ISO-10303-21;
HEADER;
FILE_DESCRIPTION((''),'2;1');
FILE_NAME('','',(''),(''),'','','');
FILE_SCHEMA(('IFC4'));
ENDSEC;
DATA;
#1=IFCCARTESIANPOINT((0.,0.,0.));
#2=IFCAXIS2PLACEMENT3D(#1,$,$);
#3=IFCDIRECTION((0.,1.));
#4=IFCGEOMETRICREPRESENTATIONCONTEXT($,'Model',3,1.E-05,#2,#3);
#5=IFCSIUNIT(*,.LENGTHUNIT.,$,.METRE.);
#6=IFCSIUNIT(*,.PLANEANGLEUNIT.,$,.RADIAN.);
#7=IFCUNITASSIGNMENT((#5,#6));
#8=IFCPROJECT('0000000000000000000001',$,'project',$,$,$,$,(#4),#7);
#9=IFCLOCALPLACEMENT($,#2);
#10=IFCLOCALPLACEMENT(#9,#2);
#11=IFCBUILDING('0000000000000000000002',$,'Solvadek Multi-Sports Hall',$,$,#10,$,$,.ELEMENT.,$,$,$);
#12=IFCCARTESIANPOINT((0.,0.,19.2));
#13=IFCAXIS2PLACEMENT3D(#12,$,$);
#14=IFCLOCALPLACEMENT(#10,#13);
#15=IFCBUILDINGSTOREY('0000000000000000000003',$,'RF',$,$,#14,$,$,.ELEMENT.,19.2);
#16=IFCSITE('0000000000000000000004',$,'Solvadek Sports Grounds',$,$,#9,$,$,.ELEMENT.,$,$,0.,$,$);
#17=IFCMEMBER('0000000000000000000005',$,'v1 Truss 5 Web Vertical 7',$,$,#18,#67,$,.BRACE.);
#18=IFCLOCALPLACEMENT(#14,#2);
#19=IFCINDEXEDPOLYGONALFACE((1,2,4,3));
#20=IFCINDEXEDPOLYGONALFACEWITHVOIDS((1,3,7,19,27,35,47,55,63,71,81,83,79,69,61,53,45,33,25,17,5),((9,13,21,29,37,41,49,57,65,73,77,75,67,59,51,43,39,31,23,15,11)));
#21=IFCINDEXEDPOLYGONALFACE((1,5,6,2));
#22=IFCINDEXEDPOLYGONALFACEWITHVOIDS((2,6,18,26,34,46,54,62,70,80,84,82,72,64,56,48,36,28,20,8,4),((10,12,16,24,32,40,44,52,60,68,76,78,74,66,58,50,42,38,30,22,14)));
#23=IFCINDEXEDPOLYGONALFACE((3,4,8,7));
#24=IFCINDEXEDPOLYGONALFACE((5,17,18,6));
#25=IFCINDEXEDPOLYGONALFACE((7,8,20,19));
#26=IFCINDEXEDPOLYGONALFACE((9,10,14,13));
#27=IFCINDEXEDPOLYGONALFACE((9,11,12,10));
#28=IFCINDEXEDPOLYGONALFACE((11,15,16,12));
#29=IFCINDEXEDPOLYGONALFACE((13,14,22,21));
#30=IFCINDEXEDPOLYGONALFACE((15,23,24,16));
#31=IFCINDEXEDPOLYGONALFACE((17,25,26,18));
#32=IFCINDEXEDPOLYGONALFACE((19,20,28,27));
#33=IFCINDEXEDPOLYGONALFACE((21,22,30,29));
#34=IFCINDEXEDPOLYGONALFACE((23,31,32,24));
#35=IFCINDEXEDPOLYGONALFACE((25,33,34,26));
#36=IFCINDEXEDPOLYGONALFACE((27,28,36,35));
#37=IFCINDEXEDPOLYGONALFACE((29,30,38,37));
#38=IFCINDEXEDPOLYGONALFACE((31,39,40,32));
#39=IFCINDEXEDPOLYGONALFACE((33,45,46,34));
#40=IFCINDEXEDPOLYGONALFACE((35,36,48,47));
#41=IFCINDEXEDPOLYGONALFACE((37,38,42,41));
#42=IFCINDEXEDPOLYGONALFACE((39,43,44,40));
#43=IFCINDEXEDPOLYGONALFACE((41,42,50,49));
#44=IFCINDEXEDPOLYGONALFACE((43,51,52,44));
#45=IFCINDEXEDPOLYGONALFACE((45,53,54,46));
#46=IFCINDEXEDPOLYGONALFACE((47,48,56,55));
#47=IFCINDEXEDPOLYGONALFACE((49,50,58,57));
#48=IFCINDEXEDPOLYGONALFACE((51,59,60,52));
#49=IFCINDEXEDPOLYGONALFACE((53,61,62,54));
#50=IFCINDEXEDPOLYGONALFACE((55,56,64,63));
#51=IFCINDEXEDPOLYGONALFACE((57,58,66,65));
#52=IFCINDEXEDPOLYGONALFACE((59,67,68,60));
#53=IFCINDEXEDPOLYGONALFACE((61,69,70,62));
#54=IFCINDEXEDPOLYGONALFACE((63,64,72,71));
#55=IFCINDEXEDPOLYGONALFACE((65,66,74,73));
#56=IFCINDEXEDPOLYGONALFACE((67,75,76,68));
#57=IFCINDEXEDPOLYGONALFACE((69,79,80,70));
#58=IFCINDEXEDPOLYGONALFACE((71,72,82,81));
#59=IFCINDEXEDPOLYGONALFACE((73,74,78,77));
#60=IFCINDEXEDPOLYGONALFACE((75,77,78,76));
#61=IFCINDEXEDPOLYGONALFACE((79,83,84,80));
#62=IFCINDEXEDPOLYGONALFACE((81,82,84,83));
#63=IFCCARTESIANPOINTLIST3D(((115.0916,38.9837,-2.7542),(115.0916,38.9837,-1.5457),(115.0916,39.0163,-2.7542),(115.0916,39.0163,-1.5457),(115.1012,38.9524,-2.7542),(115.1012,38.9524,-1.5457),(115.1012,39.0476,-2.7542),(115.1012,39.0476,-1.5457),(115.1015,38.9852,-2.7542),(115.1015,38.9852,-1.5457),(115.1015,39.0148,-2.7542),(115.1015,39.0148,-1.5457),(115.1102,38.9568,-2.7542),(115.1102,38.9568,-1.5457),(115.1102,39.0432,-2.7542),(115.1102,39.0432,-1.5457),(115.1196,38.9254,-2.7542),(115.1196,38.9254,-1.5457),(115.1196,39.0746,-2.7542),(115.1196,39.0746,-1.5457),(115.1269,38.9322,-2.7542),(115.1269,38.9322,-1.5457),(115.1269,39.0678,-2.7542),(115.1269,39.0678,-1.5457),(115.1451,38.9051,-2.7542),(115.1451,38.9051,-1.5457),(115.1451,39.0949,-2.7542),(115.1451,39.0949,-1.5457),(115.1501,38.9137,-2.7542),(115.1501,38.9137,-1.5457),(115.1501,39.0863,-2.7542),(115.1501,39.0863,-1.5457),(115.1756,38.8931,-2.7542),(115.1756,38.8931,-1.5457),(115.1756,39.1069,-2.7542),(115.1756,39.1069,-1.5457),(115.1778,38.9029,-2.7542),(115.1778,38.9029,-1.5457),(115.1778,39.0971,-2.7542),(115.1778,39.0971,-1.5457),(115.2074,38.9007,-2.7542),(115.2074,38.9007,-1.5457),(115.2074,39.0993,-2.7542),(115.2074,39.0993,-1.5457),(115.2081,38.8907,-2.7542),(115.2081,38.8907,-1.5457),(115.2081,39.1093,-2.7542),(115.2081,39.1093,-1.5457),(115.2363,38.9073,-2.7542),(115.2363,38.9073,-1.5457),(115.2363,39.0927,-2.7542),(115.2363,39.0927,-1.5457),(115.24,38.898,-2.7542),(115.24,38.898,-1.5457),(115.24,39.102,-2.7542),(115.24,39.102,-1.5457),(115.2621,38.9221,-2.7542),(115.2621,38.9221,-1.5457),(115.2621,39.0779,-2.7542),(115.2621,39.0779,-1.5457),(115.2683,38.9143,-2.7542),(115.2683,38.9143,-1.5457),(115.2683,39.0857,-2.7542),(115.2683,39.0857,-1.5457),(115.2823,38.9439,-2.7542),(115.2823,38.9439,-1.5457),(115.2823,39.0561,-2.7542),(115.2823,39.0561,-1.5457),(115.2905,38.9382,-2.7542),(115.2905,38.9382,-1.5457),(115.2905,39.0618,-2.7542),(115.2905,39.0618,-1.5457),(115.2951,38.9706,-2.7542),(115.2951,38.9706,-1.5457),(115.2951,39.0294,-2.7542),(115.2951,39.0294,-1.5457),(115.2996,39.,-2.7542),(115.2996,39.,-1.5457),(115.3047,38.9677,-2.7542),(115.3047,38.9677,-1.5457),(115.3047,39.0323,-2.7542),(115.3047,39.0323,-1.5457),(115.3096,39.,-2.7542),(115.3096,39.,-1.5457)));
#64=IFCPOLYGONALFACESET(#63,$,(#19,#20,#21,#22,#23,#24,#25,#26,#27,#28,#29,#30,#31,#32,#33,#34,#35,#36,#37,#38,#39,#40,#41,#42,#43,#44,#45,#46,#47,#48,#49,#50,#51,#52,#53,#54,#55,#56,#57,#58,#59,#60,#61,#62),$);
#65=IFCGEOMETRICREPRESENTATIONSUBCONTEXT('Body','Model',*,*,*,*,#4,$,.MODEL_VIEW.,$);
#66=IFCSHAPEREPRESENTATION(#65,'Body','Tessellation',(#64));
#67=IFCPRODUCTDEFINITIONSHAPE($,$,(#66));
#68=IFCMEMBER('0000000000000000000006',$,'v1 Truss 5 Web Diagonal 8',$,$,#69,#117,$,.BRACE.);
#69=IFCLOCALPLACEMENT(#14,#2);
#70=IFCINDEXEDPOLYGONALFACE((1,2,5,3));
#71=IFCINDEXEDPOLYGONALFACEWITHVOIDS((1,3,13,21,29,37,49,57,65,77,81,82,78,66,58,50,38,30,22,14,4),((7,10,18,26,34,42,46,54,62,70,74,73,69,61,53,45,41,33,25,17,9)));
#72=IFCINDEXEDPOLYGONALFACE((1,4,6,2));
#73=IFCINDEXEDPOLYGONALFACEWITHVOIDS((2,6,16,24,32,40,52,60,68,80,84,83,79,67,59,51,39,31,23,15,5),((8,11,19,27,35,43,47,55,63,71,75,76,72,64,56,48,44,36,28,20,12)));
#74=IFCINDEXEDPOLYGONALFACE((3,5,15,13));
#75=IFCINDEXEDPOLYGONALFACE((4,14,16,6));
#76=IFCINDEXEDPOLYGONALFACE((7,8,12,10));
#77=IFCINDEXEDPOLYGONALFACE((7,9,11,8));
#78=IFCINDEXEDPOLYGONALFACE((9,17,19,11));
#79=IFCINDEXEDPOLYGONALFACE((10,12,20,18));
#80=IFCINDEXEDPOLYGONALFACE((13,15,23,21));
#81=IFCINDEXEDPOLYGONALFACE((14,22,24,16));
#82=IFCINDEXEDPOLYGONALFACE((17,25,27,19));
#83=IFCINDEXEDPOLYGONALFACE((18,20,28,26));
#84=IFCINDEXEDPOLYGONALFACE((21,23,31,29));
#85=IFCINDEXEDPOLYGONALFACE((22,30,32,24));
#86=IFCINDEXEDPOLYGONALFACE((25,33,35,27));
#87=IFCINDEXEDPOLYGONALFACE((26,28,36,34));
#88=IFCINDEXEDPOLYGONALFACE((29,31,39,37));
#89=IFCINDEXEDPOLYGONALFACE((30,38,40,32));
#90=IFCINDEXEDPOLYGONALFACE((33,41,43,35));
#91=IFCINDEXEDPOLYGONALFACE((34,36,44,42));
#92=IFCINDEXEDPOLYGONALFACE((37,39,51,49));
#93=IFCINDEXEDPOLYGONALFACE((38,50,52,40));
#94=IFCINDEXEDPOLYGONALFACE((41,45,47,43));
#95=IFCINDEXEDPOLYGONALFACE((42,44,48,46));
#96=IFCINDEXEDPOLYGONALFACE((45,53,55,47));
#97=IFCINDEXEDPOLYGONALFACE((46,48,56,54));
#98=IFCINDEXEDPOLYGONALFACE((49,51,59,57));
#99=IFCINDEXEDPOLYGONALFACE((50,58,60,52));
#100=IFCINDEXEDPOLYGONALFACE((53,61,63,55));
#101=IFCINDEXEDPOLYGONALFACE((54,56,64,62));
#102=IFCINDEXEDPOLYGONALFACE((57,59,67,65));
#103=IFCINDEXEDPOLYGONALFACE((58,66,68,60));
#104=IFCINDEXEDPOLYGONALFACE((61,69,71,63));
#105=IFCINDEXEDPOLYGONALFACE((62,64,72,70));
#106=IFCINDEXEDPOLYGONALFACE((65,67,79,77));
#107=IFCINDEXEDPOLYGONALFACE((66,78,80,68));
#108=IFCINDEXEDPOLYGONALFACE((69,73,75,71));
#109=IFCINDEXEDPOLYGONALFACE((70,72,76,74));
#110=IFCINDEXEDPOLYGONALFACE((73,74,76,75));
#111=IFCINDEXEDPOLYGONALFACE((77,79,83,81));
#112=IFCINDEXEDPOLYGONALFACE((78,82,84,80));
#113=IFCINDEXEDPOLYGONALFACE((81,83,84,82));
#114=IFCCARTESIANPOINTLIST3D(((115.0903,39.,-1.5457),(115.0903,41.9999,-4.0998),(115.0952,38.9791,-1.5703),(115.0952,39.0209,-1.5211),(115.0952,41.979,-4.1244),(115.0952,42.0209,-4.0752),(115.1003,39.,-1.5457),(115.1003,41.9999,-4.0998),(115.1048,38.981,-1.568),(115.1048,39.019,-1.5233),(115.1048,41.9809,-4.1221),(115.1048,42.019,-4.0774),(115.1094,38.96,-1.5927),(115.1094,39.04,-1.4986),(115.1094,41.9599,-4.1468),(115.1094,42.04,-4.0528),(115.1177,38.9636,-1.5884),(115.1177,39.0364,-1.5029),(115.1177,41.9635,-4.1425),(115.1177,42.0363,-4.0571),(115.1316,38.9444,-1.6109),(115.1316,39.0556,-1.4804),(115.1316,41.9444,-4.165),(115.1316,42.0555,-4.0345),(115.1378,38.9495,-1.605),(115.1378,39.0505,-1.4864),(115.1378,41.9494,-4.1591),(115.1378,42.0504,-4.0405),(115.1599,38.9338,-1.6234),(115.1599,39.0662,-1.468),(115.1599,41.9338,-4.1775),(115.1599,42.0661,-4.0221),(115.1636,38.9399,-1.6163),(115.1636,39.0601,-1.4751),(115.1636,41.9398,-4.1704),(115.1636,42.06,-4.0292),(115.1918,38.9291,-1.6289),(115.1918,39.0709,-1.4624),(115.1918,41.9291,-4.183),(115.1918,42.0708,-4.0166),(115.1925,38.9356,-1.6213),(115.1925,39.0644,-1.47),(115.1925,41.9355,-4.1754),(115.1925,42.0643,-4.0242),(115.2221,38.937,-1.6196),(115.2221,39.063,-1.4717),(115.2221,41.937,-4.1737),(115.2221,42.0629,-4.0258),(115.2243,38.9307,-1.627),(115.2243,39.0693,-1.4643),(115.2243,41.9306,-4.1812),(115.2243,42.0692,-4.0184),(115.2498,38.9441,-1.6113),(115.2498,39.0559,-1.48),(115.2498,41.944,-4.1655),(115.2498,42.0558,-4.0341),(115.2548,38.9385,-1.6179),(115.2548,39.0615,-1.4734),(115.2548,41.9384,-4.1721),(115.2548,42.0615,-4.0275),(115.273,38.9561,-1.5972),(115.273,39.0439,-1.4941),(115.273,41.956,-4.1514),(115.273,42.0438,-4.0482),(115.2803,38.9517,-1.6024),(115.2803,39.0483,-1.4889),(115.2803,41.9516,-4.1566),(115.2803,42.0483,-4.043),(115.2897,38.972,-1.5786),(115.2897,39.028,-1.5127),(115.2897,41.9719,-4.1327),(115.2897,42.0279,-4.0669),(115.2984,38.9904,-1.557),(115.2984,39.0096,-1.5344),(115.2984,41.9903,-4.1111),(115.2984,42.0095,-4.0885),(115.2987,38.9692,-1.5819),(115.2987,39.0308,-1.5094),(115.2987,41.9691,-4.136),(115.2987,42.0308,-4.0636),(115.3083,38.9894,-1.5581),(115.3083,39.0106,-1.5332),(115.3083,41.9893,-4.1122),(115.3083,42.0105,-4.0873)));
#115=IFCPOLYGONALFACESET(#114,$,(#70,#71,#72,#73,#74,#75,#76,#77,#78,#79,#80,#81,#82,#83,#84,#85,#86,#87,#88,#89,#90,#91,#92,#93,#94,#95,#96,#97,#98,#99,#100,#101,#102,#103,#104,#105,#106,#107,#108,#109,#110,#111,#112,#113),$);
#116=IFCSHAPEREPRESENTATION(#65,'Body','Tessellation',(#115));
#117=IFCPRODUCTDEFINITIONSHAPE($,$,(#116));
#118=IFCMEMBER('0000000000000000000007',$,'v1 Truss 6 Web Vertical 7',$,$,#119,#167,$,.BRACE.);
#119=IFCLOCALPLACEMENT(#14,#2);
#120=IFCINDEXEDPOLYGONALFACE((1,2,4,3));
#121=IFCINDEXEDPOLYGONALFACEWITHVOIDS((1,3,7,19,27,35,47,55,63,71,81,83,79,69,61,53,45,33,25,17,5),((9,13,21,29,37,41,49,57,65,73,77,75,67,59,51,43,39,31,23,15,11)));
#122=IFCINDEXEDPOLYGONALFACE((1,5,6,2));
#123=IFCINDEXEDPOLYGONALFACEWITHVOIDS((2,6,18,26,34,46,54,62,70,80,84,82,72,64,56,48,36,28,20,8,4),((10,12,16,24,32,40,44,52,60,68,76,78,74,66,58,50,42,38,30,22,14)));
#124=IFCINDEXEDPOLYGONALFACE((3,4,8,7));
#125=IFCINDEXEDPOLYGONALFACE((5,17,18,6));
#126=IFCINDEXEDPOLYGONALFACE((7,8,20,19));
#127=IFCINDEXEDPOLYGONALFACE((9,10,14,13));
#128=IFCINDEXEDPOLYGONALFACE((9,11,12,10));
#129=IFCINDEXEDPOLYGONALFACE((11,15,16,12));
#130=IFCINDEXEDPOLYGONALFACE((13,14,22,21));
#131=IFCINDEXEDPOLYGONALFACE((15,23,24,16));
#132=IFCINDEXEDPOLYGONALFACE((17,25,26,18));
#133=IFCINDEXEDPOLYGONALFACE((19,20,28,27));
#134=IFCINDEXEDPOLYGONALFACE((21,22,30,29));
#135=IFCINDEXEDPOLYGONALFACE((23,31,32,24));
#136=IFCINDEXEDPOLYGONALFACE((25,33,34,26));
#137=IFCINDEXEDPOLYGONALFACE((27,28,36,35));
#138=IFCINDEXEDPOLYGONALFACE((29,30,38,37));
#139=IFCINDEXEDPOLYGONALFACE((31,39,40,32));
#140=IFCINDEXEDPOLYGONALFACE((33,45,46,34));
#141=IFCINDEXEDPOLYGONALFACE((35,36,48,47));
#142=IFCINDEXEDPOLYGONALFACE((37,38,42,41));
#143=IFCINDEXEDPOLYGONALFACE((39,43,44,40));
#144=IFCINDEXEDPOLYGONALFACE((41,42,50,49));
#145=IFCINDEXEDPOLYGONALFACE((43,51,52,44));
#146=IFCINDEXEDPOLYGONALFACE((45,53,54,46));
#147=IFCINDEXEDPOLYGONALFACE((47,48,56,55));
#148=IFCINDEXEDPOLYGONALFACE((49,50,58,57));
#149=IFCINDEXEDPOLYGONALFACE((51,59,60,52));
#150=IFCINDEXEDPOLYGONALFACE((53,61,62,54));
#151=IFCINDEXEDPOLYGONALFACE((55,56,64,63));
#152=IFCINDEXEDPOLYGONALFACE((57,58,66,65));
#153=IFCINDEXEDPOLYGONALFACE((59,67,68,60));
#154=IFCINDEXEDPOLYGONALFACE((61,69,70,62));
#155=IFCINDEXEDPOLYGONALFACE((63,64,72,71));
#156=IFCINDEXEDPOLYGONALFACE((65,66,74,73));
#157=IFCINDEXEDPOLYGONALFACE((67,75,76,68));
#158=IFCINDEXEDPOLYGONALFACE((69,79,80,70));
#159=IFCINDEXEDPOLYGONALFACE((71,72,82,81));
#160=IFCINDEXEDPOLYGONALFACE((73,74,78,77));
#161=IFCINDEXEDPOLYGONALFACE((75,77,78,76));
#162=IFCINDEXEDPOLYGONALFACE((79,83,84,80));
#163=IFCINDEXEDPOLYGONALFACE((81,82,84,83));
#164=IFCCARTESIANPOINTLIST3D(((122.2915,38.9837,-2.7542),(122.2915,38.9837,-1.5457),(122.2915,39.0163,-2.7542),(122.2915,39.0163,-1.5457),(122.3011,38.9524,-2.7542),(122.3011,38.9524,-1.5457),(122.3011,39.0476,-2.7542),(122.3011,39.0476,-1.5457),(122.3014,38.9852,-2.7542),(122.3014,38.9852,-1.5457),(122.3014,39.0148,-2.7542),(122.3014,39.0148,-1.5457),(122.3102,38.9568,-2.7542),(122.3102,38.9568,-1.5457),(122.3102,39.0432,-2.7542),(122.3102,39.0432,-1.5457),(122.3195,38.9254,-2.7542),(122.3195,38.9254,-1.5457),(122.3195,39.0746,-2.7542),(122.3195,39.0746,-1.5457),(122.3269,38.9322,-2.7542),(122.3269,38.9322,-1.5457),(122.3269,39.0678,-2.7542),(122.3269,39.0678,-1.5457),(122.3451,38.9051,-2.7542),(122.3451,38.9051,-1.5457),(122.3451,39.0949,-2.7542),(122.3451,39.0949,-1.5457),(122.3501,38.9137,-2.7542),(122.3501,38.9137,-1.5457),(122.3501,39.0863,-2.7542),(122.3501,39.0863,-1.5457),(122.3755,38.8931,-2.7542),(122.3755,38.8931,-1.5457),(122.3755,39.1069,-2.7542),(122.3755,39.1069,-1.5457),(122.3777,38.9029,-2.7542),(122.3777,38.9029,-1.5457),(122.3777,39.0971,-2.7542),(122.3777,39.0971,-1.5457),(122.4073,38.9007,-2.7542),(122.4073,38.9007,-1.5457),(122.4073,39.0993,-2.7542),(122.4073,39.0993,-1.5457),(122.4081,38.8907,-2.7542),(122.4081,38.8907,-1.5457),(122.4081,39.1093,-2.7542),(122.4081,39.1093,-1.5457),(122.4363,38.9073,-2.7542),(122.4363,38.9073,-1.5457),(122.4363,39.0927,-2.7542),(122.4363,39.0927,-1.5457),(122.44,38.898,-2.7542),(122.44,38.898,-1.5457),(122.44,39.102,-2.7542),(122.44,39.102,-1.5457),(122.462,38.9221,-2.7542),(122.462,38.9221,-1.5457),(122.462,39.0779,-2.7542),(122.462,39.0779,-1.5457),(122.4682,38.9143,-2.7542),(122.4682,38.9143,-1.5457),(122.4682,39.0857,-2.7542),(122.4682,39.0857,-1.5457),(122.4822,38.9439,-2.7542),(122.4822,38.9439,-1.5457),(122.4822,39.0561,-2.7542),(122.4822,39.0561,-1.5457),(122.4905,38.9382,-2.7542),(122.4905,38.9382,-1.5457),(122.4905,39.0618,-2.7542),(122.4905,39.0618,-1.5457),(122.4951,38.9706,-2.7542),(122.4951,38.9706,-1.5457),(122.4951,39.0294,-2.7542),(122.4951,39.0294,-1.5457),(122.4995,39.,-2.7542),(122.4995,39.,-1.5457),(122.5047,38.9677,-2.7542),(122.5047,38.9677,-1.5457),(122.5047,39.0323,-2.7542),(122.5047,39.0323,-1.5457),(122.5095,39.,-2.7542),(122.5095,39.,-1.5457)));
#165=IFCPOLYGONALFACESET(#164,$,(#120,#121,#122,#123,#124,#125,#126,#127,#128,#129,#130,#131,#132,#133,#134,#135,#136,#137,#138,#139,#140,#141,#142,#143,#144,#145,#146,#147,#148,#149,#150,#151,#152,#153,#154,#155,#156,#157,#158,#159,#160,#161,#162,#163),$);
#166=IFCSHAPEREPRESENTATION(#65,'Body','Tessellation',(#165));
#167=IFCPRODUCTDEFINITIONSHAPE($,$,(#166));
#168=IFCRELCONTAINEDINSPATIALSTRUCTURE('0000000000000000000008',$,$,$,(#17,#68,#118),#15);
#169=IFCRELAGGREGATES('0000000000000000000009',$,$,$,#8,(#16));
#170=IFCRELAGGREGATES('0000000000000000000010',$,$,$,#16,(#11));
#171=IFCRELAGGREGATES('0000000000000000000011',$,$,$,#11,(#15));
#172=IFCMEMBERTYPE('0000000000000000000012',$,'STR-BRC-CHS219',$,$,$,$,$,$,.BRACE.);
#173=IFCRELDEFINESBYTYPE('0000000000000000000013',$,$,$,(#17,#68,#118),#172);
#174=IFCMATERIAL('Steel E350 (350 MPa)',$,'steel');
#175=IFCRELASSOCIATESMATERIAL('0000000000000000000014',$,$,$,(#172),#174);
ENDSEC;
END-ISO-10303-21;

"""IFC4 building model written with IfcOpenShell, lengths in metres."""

from ifc_helpers import new_model, si_unit, direction, frame, origin, origin_2d, place, context, subcontext, project, spatial, hollow_circle, extrude, material, material_profile, profile_set, type_object, element, save


model = new_model("IFC4")

# Units and contexts
model_context = context("Model", 3, precision=1e-05, world=origin(), true_north=direction((0.0, 1.0)))
body_context = subcontext(model_context, "Body", "Model", "MODEL_VIEW")
ifc_project = project(units=[si_unit("LENGTHUNIT", "METRE"), si_unit("PLANEANGLEUNIT", "RADIAN")], contexts=[model_context])

# Site, building, storey
site_placement = place(None, origin())
site = spatial("IfcSite", under=ifc_project, at=site_placement, Name="Solvadek Sports Grounds", CompositionType="ELEMENT", RefElevation=0.0)
building_placement = place(site_placement, origin())
building = spatial("IfcBuilding", under=site, at=building_placement, Name="Solvadek Multi-Sports Hall", CompositionType="ELEMENT")
storey_placement = place(building_placement, frame((0.0, 0.0, 19.2)))
storey = spatial("IfcBuildingStorey", under=building, at=storey_placement, Name="RF", CompositionType="ELEMENT", Elevation=19.2)

# Shared definitions
ifc_material_1 = material(Name="Steel E350 (350 MPa)", Category="steel")

# Members
ifc_material_profile_1 = material_profile(ifc_material_1, hollow_circle(Radius=0.1096, WallThickness=0.01, at=origin_2d()), Name="CHS 219.1x10")
ifc_profile_set_1 = profile_set([ifc_material_profile_1], Name="Steel E350 (350 MPa)")
member_type_1 = type_object("IfcMemberType", Name="STR-BRC-CHS219", PredefinedType="BRACE", material=ifc_profile_set_1)
member_1_placement = place(storey_placement, frame((115.2, 39.0, -2.7542), z_axis=(0.0, 0.0, 1.0), x_axis=(1.0, 0.0, 0.0)))
element("IfcMember", 1, at=member_1_placement, inside=storey, type_object=member_type_1, Name="v1 Truss 5 Web Vertical 7", PredefinedType="BRACE", context=body_context, shape_type="SweptSolid", body=[
    extrude(hollow_circle(Radius=0.1096, WallThickness=0.01, at=origin_2d()), origin(), (0.0, 0.0, 1.0), 1.2085),
])
member_2_placement = place(storey_placement, frame((115.2, 39.0, -1.5457), z_axis=(0.0, 0.761413, -0.648267), x_axis=(-1.0, 0.0, 0.0)))
element("IfcMember", 2, at=member_2_placement, inside=storey, type_object=member_type_1, Name="v1 Truss 5 Web Diagonal 8", PredefinedType="BRACE", context=body_context, shape_type="SweptSolid", body=[
    extrude(hollow_circle(Radius=0.1096, WallThickness=0.01, at=origin_2d()), origin(), (0.0, 0.0, 1.0), 3.9399),
])
member_3_placement = place(storey_placement, frame((122.3999, 39.0, -2.7542), z_axis=(0.0, 0.0, 1.0), x_axis=(1.0, 0.0, 0.0)))
element("IfcMember", 3, at=member_3_placement, inside=storey, type_object=member_type_1, Name="v1 Truss 6 Web Vertical 7", PredefinedType="BRACE", context=body_context, shape_type="SweptSolid", body=[
    extrude(hollow_circle(Radius=0.1096, WallThickness=0.01, at=origin_2d()), origin(), (0.0, 0.0, 1.0), 1.2085),
])

save(model, "model.ifc")
